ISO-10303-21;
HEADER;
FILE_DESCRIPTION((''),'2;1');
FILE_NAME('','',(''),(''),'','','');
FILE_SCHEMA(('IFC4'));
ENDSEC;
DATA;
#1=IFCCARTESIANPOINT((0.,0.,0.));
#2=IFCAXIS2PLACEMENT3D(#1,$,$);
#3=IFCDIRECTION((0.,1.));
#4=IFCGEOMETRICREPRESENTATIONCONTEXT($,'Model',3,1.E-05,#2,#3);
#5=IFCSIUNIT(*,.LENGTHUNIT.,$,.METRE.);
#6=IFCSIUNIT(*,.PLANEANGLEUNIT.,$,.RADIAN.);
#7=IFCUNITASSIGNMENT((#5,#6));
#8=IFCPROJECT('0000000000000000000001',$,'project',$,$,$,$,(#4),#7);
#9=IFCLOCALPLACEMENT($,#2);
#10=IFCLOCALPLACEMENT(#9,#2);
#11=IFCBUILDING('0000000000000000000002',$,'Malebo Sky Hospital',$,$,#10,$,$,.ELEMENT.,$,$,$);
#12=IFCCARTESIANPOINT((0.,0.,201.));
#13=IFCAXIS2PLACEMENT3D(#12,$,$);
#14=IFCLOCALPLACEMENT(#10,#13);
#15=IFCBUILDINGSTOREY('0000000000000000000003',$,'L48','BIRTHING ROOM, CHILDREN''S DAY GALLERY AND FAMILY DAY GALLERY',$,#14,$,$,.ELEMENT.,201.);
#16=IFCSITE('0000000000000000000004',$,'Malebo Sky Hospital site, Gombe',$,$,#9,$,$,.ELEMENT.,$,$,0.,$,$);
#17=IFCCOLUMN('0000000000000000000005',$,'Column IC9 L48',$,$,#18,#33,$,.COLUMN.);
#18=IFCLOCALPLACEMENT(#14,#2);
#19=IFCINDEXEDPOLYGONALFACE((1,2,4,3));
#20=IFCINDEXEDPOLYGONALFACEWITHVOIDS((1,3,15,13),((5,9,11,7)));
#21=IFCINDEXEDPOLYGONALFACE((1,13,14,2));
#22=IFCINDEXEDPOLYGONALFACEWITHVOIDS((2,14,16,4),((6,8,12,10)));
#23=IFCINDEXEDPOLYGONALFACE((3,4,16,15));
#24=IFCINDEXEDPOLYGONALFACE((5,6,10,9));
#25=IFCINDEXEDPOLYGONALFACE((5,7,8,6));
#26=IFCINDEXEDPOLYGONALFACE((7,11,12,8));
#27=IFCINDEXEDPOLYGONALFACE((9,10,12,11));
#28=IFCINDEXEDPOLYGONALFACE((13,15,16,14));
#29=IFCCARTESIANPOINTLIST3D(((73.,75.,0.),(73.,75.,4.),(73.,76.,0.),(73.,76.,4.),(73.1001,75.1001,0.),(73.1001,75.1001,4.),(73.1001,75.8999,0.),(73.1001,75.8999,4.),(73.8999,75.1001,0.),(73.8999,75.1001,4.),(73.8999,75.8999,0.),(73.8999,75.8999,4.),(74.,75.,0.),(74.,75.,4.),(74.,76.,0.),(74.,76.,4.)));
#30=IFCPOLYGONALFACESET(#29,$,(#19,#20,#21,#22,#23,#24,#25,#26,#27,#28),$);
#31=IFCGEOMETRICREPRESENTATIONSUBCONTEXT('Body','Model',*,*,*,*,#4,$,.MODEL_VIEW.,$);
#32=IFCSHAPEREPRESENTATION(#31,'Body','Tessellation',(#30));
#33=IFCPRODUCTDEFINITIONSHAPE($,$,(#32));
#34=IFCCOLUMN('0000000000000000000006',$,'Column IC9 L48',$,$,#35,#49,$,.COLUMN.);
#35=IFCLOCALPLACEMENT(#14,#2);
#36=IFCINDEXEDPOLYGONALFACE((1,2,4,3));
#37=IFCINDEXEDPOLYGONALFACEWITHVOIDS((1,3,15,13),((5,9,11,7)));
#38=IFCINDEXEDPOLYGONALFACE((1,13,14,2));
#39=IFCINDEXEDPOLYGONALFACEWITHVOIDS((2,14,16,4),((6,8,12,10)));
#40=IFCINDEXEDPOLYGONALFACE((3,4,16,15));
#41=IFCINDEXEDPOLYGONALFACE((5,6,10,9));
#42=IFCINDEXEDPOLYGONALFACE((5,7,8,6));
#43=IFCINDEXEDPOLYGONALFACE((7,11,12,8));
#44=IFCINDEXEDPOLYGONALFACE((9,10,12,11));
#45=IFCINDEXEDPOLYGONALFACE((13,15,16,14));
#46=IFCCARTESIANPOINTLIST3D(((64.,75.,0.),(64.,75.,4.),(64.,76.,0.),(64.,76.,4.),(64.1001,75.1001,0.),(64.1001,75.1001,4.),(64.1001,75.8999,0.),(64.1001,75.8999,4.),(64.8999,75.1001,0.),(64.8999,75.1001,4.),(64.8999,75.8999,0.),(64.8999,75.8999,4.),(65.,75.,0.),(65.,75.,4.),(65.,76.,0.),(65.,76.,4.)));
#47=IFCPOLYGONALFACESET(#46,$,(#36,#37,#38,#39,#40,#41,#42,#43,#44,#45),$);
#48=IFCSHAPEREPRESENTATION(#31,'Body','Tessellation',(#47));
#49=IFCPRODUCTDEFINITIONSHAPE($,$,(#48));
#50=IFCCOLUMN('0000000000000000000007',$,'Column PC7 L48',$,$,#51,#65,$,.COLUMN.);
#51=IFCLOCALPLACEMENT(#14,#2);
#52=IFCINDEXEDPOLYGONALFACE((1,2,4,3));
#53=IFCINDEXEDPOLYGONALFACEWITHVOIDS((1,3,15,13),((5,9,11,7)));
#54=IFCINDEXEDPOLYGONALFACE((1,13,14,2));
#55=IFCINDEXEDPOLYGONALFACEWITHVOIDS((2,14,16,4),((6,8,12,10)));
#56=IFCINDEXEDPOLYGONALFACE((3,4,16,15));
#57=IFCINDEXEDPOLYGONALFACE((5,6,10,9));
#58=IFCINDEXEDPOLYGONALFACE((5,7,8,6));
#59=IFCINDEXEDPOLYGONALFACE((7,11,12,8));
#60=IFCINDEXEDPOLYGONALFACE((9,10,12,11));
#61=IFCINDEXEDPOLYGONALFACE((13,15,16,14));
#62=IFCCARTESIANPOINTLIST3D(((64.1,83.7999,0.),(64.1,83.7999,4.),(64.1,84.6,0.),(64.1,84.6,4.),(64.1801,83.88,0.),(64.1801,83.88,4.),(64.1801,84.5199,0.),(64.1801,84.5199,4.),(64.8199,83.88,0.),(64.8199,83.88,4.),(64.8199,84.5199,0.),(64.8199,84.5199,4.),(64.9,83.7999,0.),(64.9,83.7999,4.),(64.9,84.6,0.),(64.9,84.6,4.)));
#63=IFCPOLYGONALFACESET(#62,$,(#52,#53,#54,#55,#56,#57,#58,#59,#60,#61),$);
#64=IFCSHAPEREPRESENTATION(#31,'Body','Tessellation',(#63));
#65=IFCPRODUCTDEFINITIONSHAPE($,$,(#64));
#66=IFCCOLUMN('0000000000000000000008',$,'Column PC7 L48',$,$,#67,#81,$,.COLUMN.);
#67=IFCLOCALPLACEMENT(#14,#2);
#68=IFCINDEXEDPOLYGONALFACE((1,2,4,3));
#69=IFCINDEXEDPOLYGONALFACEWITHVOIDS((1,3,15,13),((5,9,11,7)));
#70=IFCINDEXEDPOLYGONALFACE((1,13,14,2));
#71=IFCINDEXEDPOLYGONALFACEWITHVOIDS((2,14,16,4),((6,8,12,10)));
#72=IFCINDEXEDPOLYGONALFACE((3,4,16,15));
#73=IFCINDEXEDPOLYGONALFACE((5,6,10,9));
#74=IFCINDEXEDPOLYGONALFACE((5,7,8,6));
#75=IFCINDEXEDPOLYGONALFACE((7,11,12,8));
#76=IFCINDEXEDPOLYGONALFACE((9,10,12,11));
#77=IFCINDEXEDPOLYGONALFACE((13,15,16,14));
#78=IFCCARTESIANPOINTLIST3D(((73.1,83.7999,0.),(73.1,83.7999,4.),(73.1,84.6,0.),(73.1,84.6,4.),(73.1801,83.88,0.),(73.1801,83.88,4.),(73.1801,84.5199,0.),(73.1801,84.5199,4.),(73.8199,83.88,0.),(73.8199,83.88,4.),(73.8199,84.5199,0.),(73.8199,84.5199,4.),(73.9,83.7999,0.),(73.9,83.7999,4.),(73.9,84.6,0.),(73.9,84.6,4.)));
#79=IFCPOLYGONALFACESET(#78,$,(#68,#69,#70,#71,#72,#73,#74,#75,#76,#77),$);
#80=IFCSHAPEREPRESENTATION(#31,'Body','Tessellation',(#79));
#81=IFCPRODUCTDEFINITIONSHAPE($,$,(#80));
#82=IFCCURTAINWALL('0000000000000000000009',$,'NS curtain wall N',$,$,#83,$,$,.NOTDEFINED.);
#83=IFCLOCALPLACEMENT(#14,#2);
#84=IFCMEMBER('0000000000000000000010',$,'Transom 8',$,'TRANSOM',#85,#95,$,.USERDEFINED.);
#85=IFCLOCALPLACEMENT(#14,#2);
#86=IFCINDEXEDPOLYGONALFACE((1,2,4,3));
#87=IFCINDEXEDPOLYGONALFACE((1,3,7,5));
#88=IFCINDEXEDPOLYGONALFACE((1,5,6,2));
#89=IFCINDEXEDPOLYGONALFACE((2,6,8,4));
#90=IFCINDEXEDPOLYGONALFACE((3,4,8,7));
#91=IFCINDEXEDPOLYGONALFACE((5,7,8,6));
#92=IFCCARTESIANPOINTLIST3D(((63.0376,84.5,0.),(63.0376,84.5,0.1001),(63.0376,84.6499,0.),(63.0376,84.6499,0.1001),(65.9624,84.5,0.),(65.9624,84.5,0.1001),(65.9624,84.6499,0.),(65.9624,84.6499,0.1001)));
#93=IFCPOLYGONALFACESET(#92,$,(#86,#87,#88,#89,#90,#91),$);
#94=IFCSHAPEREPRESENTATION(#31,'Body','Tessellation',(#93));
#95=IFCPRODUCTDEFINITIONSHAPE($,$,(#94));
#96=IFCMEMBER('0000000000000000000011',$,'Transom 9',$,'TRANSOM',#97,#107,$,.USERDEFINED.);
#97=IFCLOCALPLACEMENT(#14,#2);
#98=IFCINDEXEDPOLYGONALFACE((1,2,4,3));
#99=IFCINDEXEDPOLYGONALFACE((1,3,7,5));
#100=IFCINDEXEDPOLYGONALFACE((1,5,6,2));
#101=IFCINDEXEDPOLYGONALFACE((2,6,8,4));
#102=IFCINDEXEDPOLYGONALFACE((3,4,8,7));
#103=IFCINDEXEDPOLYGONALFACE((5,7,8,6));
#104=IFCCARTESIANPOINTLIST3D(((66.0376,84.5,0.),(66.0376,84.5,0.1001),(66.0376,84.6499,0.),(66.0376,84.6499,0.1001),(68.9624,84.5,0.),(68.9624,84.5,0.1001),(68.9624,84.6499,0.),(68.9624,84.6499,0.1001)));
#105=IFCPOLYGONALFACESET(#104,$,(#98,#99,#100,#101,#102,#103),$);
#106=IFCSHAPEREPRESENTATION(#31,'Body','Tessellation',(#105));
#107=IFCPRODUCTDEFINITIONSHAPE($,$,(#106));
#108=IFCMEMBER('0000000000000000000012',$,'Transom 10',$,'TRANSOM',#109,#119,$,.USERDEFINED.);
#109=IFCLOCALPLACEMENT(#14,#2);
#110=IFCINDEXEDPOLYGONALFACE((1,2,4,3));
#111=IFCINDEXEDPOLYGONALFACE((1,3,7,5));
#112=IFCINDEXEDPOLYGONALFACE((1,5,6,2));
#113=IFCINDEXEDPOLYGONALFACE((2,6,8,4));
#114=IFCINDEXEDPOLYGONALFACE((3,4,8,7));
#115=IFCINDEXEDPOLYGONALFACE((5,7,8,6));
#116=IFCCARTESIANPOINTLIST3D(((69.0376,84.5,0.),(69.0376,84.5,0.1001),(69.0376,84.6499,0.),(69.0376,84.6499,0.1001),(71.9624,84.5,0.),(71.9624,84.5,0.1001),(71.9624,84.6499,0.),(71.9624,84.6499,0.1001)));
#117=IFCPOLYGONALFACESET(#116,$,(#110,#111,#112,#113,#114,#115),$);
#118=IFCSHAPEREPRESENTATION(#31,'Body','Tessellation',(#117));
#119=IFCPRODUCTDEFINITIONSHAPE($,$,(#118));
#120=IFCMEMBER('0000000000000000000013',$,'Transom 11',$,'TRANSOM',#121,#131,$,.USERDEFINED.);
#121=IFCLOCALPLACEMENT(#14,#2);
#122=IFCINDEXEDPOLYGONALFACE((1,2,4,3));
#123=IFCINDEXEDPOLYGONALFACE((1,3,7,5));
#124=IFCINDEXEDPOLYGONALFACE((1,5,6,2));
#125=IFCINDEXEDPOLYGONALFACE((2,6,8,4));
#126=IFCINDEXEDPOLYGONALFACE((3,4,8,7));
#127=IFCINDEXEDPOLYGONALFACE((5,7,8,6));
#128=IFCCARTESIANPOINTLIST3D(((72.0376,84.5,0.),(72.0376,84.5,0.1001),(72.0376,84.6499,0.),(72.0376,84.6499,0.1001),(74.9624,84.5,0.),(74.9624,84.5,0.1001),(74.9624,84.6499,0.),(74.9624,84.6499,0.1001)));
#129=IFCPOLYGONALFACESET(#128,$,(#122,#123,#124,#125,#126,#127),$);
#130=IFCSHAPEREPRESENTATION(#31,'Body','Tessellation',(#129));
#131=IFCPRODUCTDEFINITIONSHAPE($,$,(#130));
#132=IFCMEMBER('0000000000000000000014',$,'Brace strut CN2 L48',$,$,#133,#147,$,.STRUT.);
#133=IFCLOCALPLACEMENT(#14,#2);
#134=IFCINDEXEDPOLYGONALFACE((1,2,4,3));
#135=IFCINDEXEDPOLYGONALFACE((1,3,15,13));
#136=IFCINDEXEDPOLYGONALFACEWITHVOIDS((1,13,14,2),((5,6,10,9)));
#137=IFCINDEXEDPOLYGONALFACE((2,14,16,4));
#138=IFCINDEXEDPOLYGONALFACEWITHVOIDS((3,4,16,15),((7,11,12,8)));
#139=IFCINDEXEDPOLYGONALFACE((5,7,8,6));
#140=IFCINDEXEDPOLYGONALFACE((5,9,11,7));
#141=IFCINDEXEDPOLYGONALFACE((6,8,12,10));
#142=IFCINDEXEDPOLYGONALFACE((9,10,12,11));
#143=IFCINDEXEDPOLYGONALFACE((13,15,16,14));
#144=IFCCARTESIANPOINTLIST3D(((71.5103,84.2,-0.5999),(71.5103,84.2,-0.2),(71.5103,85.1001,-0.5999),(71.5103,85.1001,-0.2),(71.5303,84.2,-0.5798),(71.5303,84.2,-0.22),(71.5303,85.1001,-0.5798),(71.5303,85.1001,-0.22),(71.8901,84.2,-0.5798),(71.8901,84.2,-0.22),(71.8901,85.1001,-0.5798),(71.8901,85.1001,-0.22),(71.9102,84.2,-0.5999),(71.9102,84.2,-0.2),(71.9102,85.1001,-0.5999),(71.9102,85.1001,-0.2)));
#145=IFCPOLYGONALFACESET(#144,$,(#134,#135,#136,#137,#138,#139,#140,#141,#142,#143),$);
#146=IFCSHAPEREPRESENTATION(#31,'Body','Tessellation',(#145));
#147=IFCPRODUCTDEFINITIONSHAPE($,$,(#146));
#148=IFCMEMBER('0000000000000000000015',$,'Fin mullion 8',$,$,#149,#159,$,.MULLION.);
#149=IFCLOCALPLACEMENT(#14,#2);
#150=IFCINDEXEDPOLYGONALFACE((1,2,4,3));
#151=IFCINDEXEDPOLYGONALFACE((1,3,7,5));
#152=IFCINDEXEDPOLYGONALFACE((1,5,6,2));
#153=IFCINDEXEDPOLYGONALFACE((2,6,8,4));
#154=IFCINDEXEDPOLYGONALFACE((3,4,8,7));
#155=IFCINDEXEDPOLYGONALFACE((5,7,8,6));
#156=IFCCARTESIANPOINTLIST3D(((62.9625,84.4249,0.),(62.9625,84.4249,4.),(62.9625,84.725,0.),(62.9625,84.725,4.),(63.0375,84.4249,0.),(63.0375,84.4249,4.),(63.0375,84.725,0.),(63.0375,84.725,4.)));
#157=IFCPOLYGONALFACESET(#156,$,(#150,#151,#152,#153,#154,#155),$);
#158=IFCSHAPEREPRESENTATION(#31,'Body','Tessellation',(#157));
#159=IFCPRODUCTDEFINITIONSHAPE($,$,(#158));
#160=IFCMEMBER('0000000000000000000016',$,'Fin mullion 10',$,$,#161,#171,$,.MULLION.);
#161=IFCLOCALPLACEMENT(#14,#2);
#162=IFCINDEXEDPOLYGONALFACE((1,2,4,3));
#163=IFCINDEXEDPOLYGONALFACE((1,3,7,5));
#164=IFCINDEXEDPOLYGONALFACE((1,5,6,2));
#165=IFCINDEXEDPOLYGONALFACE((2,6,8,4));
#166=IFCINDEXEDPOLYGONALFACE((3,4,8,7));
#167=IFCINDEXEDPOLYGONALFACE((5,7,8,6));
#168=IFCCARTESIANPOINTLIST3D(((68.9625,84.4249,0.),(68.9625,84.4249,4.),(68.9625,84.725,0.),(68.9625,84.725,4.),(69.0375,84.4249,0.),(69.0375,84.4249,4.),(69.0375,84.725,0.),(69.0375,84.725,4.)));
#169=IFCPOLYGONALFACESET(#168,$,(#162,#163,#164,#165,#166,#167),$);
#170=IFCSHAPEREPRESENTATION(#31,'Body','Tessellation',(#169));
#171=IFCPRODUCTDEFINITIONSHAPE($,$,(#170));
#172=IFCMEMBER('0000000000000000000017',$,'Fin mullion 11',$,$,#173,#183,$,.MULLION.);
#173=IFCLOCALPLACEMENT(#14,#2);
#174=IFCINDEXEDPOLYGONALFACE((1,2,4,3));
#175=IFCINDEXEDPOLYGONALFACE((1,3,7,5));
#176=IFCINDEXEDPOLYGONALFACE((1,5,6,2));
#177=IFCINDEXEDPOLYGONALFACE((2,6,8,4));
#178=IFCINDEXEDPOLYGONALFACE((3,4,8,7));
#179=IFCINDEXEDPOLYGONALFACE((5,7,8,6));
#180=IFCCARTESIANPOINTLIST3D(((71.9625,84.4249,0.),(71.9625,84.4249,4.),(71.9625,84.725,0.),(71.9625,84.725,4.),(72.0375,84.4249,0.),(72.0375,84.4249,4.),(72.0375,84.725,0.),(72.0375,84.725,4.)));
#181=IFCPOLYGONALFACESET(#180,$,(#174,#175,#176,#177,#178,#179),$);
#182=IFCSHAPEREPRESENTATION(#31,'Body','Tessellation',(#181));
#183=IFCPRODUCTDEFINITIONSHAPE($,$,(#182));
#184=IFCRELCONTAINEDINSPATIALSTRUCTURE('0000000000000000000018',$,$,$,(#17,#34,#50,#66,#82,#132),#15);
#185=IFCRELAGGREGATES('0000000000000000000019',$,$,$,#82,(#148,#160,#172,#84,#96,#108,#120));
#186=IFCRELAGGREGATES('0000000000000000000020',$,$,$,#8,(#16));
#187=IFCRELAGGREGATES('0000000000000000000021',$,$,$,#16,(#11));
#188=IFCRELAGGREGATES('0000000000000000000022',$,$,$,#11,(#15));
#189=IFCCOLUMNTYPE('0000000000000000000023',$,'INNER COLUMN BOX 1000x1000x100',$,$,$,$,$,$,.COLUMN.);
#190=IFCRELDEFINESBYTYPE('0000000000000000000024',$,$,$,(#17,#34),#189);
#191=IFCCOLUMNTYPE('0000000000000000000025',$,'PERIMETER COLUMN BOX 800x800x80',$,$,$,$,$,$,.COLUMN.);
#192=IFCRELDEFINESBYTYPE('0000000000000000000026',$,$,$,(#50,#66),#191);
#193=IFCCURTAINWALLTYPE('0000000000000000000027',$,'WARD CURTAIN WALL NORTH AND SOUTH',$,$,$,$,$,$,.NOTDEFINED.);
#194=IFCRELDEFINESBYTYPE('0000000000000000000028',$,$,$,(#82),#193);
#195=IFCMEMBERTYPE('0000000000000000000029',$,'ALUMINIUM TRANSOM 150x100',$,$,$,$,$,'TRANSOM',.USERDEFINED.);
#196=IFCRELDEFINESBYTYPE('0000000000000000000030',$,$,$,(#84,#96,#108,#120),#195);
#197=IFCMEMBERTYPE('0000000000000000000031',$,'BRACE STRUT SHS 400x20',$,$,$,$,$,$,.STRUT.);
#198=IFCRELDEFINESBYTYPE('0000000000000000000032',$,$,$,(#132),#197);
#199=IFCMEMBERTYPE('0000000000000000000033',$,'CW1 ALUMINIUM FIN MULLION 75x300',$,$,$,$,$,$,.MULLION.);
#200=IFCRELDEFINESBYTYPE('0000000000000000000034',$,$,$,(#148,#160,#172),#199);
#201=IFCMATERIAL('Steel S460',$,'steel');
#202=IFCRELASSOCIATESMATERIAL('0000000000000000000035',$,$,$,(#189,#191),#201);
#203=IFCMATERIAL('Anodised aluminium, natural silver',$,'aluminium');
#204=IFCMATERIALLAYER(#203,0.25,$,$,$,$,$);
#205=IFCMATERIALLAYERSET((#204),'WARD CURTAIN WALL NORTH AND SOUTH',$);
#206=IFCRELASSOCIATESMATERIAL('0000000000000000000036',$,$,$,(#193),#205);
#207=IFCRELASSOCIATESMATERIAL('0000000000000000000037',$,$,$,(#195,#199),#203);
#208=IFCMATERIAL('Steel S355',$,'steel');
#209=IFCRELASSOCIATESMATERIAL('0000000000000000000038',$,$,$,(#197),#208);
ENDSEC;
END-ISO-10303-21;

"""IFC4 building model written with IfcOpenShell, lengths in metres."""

from ifc_helpers import new_model, si_unit, direction, frame, origin, origin_2d, place, context, subcontext, project, spatial, rectangle, hollow_rectangle, extrude, material, layer, layer_set, material_profile, profile_set, type_object, element, aggregate, save


model = new_model("IFC4")

# Units and contexts
model_context = context("Model", 3, precision=1e-05, world=origin(), true_north=direction((0.0, 1.0)))
body_context = subcontext(model_context, "Body", "Model", "MODEL_VIEW")
ifc_project = project(units=[si_unit("LENGTHUNIT", "METRE"), si_unit("PLANEANGLEUNIT", "RADIAN")], contexts=[model_context])

# Site, building, storey
site_placement = place(None, origin())
site = spatial("IfcSite", under=ifc_project, at=site_placement, Name="Malebo Sky Hospital site, Gombe", CompositionType="ELEMENT", RefElevation=0.0)
building_placement = place(site_placement, origin())
building = spatial("IfcBuilding", under=site, at=building_placement, Name="Malebo Sky Hospital", CompositionType="ELEMENT")
storey_placement = place(building_placement, frame((0.0, 0.0, 201.0)))
storey = spatial("IfcBuildingStorey", under=building, at=storey_placement, Name="L48", Description="BIRTHING ROOM, CHILDREN'S DAY GALLERY AND FAMILY DAY GALLERY", CompositionType="ELEMENT", Elevation=201.0)

# Columns
ifc_material_1 = material(Name="Steel S460", Category="steel")
ifc_material_profile_1 = material_profile(ifc_material_1, hollow_rectangle(XDim=1.0, YDim=1.0, WallThickness=0.1001, at=origin_2d()), Name="BOX 1000x1000x100")
ifc_profile_set_1 = profile_set([ifc_material_profile_1], Name="Steel S460")
column_type_1 = type_object("IfcColumnType", Name="INNER COLUMN BOX 1000x1000x100", PredefinedType="COLUMN", material=ifc_profile_set_1)
for number, where, z_axis, x_axis, name in (
    (1, (73.5, 75.5, 0.0), (0.0, 0.0, 1.0), (1.0, 0.0, 0.0), "Column IC9 L48"),
    (2, (64.5, 75.5, 0.0), (0.0, 0.0, 1.0), (1.0, 0.0, 0.0), "Column IC9 L48"),
):
    element("IfcColumn", number, at=place(storey_placement, frame(where, z_axis=z_axis, x_axis=x_axis)), inside=storey, type_object=column_type_1, Name=name, PredefinedType="COLUMN", context=body_context, shape_type="SweptSolid", body=[
        extrude(hollow_rectangle(XDim=1.0, YDim=1.0, WallThickness=0.1001, at=origin_2d()), origin(), (0.0, 0.0, 1.0), 4.0),
    ])
ifc_material_profile_2 = material_profile(ifc_material_1, hollow_rectangle(XDim=0.8, YDim=0.8, WallThickness=0.0801, at=origin_2d()), Name="BOX 800x800x80")
ifc_profile_set_2 = profile_set([ifc_material_profile_2], Name="Steel S460")
column_type_2 = type_object("IfcColumnType", Name="PERIMETER COLUMN BOX 800x800x80", PredefinedType="COLUMN", material=ifc_profile_set_2)
for number, where, z_axis, x_axis, name in (
    (3, (64.5, 84.2, 0.0), (0.0, 0.0, 1.0), (1.0, 0.0, 0.0), "Column PC7 L48"),
    (4, (73.5, 84.2, 0.0), (0.0, 0.0, 1.0), (1.0, 0.0, 0.0), "Column PC7 L48"),
):
    element("IfcColumn", number, at=place(storey_placement, frame(where, z_axis=z_axis, x_axis=x_axis)), inside=storey, type_object=column_type_2, Name=name, PredefinedType="COLUMN", context=body_context, shape_type="SweptSolid", body=[
        extrude(hollow_rectangle(XDim=0.8, YDim=0.8, WallThickness=0.0801, at=origin_2d()), origin(), (0.0, 0.0, 1.0), 4.0),
    ])

# Curtain wall, members
ifc_material_2 = material(Name="Anodised aluminium, natural silver", Category="aluminium")
ifc_layer_1 = layer(ifc_material_2, 0.25)
ifc_layer_set_1 = layer_set([ifc_layer_1], Name="WARD CURTAIN WALL NORTH AND SOUTH")
curtain_wall_type = type_object("IfcCurtainWallType", Name="WARD CURTAIN WALL NORTH AND SOUTH", PredefinedType="NOTDEFINED", material=ifc_layer_set_1)
curtain_wall_placement = place(storey_placement, origin())
curtain_wall = element("IfcCurtainWall", 5, at=curtain_wall_placement, inside=storey, type_object=curtain_wall_type, Name="NS curtain wall N", PredefinedType="NOTDEFINED")
ifc_material_profile_3 = material_profile(ifc_material_2, rectangle(XDim=0.1499, YDim=0.1001, at=origin_2d()), Name="ALUMINIUM TRANSOM 150x100")
ifc_profile_set_3 = profile_set([ifc_material_profile_3], Name="Anodised aluminium, natural silver")
member_type_1 = type_object("IfcMemberType", Name="ALUMINIUM TRANSOM 150x100", ElementType="TRANSOM", PredefinedType="USERDEFINED", material=ifc_profile_set_3)
member_1_placement = place(storey_placement, frame((63.0376, 84.575, 0.05), z_axis=(1.0, 0.0, 0.0), x_axis=(0.0, 1.0, 0.0)))
member_1 = element("IfcMember", 6, at=member_1_placement, type_object=member_type_1, Name="Transom 8", ObjectType="TRANSOM", PredefinedType="USERDEFINED", context=body_context, shape_type="SweptSolid", body=[
    extrude(rectangle(XDim=0.1499, YDim=0.1001, at=origin_2d()), origin(), (0.0, 0.0, 1.0), 2.9248),
])
member_2_placement = place(storey_placement, frame((66.0376, 84.575, 0.05), z_axis=(1.0, 0.0, 0.0), x_axis=(0.0, 1.0, 0.0)))
member_2 = element("IfcMember", 7, at=member_2_placement, type_object=member_type_1, Name="Transom 9", ObjectType="TRANSOM", PredefinedType="USERDEFINED", context=body_context, shape_type="SweptSolid", body=[
    extrude(rectangle(XDim=0.1499, YDim=0.1001, at=origin_2d()), origin(), (0.0, 0.0, 1.0), 2.9248),
])
member_3_placement = place(storey_placement, frame((69.0376, 84.575, 0.05), z_axis=(1.0, 0.0, 0.0), x_axis=(0.0, 1.0, 0.0)))
member_3 = element("IfcMember", 8, at=member_3_placement, type_object=member_type_1, Name="Transom 10", ObjectType="TRANSOM", PredefinedType="USERDEFINED", context=body_context, shape_type="SweptSolid", body=[
    extrude(rectangle(XDim=0.1499, YDim=0.1001, at=origin_2d()), origin(), (0.0, 0.0, 1.0), 2.9248),
])
member_4_placement = place(storey_placement, frame((72.0376, 84.575, 0.05), z_axis=(1.0, 0.0, 0.0), x_axis=(0.0, 1.0, 0.0)))
member_4 = element("IfcMember", 9, at=member_4_placement, type_object=member_type_1, Name="Transom 11", ObjectType="TRANSOM", PredefinedType="USERDEFINED", context=body_context, shape_type="SweptSolid", body=[
    extrude(rectangle(XDim=0.1499, YDim=0.1001, at=origin_2d()), origin(), (0.0, 0.0, 1.0), 2.9248),
])

# Members
ifc_material_3 = material(Name="Steel S355", Category="steel")
ifc_material_profile_4 = material_profile(ifc_material_3, hollow_rectangle(XDim=0.3999, YDim=0.3999, WallThickness=0.02, at=origin_2d()), Name="SHS 400x20")
ifc_profile_set_4 = profile_set([ifc_material_profile_4], Name="Steel S355")
member_type_2 = type_object("IfcMemberType", Name="BRACE STRUT SHS 400x20", PredefinedType="STRUT", material=ifc_profile_set_4)
member_5_placement = place(storey_placement, frame((71.7102, 85.1001, -0.3999), z_axis=(0.0, -1.0, 0.0), x_axis=(1.0, 0.0, 0.0)))
element("IfcMember", 10, at=member_5_placement, inside=storey, type_object=member_type_2, Name="Brace strut CN2 L48", PredefinedType="STRUT", context=body_context, shape_type="SweptSolid", body=[
    extrude(hollow_rectangle(XDim=0.3999, YDim=0.3999, WallThickness=0.02, at=origin_2d()), origin(), (0.0, 0.0, 1.0), 0.9001),
])
ifc_material_profile_5 = material_profile(ifc_material_2, rectangle(XDim=0.075, YDim=0.3, at=origin_2d()), Name="CW1 ALUMINIUM FIN MULLION 75x300")
ifc_profile_set_5 = profile_set([ifc_material_profile_5], Name="Anodised aluminium, natural silver")
member_type_3 = type_object("IfcMemberType", Name="CW1 ALUMINIUM FIN MULLION 75x300", PredefinedType="MULLION", material=ifc_profile_set_5)
member_6_placement = place(storey_placement, frame((63.0, 84.575, 0.0), z_axis=(0.0, 0.0, 1.0), x_axis=(1.0, 0.0, 0.0)))
member_6 = element("IfcMember", 11, at=member_6_placement, type_object=member_type_3, Name="Fin mullion 8", PredefinedType="MULLION", context=body_context, shape_type="SweptSolid", body=[
    extrude(rectangle(XDim=0.075, YDim=0.3, at=origin_2d()), origin(), (0.0, 0.0, 1.0), 4.0),
])
member_7_placement = place(storey_placement, frame((69.0, 84.575, 0.0), z_axis=(0.0, 0.0, 1.0), x_axis=(1.0, 0.0, 0.0)))
member_7 = element("IfcMember", 12, at=member_7_placement, type_object=member_type_3, Name="Fin mullion 10", PredefinedType="MULLION", context=body_context, shape_type="SweptSolid", body=[
    extrude(rectangle(XDim=0.075, YDim=0.3, at=origin_2d()), origin(), (0.0, 0.0, 1.0), 4.0),
])
member_8_placement = place(storey_placement, frame((72.0, 84.575, 0.0), z_axis=(0.0, 0.0, 1.0), x_axis=(1.0, 0.0, 0.0)))
member_8 = element("IfcMember", 13, at=member_8_placement, type_object=member_type_3, Name="Fin mullion 11", PredefinedType="MULLION", context=body_context, shape_type="SweptSolid", body=[
    extrude(rectangle(XDim=0.075, YDim=0.3, at=origin_2d()), origin(), (0.0, 0.0, 1.0), 4.0),
])

aggregate(curtain_wall, [member_6, member_7, member_8, member_1, member_2, member_3, member_4])

save(model, "model.ifc")
